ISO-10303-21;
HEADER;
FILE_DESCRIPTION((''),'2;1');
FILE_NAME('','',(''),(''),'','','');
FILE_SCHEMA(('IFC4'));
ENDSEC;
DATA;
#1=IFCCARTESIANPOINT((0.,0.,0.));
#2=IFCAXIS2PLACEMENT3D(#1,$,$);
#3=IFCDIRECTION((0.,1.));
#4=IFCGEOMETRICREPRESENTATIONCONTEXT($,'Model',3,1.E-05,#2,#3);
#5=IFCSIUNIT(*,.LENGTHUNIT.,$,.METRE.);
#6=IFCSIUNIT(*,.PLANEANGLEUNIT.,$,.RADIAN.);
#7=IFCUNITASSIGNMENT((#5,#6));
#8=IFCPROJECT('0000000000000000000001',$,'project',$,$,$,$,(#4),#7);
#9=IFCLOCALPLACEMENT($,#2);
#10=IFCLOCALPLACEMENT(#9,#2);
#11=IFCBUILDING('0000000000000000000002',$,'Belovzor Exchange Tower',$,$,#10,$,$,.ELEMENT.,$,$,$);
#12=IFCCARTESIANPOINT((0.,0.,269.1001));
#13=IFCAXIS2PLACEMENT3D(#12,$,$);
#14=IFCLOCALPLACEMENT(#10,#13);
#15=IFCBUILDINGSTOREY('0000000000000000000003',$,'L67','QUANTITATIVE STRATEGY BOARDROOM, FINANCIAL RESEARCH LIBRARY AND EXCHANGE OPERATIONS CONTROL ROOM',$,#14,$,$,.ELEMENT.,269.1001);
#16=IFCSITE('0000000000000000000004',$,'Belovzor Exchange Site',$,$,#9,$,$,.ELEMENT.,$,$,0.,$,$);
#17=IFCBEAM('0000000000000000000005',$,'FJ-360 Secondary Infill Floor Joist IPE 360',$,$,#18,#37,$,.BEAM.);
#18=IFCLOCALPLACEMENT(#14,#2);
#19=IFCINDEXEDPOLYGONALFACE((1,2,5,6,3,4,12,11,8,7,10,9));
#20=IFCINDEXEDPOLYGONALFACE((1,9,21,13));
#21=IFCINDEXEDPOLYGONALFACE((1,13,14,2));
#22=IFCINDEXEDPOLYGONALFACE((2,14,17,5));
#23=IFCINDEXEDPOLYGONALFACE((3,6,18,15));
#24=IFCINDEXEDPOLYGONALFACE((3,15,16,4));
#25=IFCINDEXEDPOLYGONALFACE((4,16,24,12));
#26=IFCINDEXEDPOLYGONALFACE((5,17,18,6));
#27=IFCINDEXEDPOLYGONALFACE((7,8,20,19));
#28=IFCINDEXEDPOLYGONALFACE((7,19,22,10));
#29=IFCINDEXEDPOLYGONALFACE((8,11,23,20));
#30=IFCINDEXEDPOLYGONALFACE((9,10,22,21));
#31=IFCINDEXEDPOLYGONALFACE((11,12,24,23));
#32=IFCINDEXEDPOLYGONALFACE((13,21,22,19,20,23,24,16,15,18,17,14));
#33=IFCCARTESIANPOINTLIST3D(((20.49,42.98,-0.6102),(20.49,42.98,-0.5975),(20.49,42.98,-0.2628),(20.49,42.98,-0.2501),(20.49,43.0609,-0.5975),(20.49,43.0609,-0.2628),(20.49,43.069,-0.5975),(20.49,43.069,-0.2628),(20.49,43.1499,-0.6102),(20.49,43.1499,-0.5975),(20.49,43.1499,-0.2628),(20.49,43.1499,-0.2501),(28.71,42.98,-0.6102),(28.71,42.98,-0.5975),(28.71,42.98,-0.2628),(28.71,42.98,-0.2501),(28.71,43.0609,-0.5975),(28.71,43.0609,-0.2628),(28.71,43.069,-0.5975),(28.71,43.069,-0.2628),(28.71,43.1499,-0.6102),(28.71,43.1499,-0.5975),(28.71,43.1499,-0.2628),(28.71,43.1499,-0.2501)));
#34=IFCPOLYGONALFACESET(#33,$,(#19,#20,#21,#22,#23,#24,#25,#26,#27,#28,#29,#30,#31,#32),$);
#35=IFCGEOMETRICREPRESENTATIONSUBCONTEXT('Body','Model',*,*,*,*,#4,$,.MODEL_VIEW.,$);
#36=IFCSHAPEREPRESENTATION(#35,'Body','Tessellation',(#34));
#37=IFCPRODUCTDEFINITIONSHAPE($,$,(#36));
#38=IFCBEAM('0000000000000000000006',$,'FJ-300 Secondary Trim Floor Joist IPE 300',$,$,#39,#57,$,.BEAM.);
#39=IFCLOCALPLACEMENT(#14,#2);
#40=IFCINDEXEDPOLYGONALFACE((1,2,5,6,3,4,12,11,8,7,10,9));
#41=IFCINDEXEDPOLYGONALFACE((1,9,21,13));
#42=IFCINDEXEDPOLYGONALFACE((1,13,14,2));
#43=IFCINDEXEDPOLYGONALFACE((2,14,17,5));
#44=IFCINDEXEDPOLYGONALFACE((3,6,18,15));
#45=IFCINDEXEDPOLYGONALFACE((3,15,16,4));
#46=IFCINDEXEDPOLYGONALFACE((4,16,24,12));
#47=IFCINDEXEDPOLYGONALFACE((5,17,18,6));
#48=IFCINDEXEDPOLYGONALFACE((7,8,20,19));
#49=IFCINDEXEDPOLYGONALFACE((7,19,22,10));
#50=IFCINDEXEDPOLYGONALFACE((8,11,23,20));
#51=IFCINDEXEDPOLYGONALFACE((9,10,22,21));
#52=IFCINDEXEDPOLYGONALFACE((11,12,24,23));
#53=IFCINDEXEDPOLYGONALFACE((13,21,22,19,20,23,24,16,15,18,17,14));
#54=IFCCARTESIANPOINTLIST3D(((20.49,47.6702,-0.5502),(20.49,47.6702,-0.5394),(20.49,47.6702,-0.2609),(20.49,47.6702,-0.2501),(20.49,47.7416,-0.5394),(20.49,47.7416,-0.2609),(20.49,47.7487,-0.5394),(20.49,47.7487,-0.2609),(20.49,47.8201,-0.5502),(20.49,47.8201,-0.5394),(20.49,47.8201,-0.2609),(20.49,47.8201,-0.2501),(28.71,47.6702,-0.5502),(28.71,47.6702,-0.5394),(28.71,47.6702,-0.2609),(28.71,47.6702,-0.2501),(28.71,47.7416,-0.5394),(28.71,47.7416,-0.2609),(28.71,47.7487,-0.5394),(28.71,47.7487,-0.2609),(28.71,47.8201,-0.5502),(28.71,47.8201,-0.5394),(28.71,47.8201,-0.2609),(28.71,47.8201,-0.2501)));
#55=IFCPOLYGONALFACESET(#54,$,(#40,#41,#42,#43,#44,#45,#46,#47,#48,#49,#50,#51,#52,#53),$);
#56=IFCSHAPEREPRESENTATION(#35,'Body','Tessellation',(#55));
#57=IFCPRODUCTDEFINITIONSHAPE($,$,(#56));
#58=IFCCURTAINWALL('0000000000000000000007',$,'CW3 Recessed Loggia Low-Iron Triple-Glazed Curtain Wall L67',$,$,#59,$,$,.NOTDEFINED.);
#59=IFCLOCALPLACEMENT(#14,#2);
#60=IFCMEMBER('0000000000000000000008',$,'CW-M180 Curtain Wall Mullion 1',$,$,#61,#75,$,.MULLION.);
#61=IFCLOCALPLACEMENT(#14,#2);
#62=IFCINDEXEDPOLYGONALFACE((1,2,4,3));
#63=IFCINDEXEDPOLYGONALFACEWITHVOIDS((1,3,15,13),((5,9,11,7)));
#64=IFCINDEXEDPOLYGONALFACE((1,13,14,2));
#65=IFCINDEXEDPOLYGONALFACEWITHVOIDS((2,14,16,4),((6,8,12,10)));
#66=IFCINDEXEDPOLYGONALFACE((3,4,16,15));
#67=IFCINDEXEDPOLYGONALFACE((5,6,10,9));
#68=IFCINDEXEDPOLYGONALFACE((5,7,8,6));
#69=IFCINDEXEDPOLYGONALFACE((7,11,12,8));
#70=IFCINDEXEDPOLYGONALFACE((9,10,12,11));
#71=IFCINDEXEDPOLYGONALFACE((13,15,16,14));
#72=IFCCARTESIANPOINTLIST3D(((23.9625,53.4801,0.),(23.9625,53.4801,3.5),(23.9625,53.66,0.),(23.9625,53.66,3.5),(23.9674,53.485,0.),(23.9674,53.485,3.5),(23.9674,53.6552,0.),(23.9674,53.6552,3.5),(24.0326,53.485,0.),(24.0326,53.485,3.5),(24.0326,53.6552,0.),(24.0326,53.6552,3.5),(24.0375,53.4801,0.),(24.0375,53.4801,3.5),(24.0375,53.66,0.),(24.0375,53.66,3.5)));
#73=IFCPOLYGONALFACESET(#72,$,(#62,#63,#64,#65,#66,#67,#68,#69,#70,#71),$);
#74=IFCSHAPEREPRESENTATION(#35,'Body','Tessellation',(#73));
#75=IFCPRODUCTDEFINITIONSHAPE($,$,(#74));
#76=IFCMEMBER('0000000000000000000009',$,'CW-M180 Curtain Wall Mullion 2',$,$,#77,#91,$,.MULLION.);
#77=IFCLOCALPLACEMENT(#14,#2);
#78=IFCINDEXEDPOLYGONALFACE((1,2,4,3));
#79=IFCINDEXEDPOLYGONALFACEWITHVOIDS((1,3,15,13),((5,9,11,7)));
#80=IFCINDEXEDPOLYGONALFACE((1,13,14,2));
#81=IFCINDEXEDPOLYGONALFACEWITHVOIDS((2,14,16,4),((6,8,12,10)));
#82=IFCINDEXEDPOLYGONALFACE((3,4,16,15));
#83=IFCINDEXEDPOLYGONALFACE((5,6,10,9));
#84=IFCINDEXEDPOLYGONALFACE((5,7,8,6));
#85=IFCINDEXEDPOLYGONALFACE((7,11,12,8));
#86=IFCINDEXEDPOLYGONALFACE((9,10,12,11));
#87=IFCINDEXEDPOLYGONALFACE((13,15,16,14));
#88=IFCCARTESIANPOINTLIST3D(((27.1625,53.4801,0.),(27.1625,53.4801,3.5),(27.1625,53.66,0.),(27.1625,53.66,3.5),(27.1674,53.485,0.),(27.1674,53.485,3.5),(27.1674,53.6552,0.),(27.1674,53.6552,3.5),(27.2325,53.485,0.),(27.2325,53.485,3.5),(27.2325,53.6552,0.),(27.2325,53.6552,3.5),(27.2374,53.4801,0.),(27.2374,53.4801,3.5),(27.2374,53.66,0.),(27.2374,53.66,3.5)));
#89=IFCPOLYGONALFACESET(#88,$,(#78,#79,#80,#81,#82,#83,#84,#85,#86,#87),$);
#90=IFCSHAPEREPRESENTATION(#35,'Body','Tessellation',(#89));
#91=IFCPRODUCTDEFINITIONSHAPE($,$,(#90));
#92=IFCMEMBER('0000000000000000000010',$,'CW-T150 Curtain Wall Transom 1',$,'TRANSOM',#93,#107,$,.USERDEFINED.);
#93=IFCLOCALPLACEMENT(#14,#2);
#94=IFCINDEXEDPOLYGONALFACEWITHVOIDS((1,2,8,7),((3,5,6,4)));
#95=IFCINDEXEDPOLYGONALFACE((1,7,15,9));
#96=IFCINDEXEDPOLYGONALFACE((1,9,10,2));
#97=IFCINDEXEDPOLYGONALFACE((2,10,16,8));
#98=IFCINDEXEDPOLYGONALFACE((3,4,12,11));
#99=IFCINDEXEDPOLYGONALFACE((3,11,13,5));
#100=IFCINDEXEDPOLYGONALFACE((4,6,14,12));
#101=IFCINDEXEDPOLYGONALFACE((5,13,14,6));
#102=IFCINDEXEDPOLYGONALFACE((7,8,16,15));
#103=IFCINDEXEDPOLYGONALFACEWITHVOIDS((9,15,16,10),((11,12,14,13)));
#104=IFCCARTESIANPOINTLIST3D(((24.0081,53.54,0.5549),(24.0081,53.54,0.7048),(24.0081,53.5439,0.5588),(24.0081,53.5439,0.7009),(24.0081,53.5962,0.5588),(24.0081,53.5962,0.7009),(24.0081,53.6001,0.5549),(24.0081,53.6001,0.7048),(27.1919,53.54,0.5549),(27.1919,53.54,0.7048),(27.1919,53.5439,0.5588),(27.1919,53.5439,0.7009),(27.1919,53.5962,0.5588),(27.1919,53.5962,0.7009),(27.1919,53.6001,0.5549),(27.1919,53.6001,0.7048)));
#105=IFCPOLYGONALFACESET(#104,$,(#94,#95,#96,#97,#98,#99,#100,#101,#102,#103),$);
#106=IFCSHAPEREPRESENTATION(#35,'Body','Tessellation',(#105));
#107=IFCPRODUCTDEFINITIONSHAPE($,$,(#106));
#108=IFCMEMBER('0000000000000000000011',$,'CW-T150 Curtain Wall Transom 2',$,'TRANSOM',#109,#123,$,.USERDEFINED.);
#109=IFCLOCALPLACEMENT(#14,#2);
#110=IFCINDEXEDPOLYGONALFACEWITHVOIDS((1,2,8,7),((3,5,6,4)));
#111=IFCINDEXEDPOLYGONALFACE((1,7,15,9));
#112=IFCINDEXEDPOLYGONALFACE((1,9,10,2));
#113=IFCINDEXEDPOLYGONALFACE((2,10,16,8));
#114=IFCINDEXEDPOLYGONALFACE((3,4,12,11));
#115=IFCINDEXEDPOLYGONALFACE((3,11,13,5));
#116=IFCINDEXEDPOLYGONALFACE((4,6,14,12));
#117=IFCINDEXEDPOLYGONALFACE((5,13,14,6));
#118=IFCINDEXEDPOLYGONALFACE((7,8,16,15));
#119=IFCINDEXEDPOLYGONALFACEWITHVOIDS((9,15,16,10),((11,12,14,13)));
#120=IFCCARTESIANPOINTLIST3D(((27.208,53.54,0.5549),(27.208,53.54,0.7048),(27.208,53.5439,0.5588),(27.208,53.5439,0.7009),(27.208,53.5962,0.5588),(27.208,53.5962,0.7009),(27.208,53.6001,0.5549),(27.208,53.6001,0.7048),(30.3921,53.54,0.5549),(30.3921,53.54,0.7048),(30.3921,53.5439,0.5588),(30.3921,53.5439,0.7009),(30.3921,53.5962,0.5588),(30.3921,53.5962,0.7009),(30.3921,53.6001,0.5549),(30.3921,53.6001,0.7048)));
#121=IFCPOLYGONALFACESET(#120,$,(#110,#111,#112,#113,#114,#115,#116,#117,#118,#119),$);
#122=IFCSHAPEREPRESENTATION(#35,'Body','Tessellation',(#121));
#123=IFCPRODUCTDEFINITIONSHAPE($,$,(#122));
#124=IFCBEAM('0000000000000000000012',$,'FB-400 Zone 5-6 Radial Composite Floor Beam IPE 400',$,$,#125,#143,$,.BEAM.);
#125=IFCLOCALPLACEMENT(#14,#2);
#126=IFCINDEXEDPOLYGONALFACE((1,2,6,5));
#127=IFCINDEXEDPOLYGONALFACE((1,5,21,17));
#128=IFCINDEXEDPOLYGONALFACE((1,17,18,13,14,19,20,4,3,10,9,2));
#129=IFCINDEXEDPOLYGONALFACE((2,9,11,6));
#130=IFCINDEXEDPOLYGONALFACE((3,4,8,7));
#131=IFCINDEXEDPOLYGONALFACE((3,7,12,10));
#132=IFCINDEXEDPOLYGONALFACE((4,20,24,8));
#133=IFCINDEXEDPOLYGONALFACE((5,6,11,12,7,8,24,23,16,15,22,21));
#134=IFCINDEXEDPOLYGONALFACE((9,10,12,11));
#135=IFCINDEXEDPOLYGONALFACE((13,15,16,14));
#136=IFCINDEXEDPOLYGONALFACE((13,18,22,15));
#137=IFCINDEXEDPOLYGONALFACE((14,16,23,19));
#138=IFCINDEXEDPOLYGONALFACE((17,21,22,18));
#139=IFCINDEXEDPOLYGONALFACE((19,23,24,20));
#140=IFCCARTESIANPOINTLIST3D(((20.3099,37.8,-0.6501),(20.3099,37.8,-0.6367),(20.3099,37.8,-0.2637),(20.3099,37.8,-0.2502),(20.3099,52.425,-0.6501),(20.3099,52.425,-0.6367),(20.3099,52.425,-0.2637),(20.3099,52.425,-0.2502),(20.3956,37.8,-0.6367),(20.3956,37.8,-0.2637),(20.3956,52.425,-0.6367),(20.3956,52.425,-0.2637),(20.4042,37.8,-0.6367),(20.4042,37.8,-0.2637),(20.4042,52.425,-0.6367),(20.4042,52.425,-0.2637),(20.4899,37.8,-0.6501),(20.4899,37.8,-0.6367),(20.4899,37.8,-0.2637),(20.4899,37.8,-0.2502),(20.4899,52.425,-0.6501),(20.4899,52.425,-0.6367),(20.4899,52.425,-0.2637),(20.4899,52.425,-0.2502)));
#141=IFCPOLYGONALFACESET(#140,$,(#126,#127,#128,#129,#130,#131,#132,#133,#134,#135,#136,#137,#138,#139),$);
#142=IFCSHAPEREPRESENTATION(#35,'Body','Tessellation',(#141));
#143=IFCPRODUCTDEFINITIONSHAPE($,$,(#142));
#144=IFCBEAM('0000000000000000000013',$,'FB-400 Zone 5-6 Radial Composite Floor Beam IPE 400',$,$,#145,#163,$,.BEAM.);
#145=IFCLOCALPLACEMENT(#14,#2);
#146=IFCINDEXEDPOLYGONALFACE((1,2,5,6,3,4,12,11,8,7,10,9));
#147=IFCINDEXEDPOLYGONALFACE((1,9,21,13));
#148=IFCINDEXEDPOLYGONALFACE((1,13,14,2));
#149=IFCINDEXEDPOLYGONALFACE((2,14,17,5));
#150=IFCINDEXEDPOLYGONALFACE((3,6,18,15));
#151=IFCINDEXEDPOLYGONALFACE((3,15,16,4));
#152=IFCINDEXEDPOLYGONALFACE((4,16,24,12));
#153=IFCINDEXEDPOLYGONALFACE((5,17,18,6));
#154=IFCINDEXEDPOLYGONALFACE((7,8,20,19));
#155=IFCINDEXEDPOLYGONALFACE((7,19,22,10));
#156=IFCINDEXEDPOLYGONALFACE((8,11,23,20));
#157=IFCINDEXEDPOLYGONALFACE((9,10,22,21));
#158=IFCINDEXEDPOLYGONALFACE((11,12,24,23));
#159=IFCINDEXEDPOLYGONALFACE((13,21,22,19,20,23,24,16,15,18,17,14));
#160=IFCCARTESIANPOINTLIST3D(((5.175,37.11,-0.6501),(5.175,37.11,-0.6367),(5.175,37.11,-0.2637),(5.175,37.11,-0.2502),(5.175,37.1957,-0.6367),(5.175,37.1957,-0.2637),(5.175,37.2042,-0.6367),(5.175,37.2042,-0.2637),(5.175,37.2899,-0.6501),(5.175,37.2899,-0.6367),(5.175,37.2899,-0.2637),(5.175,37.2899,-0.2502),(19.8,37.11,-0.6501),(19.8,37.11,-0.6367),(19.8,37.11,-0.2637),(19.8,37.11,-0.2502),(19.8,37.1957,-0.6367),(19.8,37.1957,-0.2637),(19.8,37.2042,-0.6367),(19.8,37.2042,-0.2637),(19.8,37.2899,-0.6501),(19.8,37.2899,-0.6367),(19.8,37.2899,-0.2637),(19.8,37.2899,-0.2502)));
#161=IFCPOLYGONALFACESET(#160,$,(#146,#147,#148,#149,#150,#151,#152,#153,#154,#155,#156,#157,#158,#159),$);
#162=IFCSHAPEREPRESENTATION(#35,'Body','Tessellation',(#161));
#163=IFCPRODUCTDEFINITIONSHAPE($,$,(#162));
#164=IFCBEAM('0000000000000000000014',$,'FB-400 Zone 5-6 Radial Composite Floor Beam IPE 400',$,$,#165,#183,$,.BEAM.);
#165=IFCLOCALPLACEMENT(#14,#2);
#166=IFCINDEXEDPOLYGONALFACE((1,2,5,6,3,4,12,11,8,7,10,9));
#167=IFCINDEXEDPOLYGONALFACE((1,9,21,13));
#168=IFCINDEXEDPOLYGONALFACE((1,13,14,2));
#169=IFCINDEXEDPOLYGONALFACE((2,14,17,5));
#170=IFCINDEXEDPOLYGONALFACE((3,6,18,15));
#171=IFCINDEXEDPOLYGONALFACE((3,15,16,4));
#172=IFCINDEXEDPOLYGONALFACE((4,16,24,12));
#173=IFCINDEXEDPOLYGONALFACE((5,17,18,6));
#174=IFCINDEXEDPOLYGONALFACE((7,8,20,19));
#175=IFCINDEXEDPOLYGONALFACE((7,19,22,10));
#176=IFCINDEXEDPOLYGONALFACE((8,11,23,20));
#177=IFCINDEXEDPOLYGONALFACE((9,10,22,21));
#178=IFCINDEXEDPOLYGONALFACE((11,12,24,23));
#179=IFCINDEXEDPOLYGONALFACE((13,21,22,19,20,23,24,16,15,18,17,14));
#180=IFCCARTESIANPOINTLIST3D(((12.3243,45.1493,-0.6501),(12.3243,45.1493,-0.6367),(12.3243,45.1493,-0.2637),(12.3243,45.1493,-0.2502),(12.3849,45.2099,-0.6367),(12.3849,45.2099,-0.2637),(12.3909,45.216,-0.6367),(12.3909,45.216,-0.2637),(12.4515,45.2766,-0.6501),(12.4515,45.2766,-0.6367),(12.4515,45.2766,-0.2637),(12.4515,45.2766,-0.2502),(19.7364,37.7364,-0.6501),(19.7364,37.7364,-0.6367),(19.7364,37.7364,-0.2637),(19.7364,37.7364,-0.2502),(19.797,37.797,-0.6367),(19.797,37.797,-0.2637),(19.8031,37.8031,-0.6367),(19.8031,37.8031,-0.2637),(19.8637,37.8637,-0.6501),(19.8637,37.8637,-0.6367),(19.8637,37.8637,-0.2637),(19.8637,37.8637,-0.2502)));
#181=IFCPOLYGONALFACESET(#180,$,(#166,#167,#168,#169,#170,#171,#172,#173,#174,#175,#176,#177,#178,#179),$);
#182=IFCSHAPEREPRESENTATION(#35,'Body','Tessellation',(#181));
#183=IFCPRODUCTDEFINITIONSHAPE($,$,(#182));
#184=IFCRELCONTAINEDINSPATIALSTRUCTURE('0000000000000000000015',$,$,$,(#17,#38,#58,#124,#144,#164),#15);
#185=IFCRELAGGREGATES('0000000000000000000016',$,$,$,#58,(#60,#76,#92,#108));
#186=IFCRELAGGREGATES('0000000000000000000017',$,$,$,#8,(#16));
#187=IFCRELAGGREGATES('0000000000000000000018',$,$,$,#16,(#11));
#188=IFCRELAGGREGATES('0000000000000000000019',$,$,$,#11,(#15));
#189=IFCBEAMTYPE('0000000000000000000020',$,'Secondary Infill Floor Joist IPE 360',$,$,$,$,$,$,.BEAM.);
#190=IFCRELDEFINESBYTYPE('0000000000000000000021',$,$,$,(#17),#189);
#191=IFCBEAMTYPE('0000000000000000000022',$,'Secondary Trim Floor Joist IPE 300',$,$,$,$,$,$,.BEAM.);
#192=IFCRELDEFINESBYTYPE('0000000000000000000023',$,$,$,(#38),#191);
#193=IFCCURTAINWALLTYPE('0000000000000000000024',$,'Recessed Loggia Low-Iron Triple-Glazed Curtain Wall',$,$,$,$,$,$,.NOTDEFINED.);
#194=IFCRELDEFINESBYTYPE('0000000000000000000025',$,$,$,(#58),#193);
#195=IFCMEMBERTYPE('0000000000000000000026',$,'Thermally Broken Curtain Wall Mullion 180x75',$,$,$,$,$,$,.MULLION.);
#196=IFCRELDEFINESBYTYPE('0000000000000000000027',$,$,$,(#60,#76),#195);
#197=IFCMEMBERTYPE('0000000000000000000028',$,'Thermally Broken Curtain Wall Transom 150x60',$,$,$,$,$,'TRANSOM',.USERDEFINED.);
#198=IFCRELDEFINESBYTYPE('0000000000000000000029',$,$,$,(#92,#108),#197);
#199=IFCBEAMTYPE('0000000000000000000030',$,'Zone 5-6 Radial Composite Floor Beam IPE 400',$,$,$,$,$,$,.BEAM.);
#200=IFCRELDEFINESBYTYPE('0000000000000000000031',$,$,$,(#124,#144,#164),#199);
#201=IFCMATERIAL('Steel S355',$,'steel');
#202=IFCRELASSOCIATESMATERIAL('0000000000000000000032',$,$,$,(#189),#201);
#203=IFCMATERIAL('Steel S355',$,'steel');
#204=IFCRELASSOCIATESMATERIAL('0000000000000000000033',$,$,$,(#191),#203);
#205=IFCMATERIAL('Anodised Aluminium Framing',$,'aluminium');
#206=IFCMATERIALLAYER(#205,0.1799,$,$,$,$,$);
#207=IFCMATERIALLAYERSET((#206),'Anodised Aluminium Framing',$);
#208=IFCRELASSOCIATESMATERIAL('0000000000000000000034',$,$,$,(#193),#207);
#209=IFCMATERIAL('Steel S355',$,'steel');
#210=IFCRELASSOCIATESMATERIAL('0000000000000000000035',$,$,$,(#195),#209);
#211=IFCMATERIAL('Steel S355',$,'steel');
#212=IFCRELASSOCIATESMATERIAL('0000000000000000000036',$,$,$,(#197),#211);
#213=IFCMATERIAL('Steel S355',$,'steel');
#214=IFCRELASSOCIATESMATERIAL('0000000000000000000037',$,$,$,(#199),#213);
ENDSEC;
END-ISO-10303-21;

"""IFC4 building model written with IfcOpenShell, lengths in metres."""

from ifc_helpers import new_model, si_unit, direction, frame, origin, origin_2d, place, context, subcontext, project, spatial, hollow_rectangle, i_section, extrude, material, layer, layer_set, material_profile, profile_set, type_object, element, aggregate, save


model = new_model("IFC4")

# Units and contexts
model_context = context("Model", 3, precision=1e-05, world=origin(), true_north=direction((0.0, 1.0)))
body_context = subcontext(model_context, "Body", "Model", "MODEL_VIEW")
ifc_project = project(units=[si_unit("LENGTHUNIT", "METRE"), si_unit("PLANEANGLEUNIT", "RADIAN")], contexts=[model_context])

# Site, building, storey
site_placement = place(None, origin())
site = spatial("IfcSite", under=ifc_project, at=site_placement, Name="Belovzor Exchange Site", CompositionType="ELEMENT", RefElevation=0.0)
building_placement = place(site_placement, origin())
building = spatial("IfcBuilding", under=site, at=building_placement, Name="Belovzor Exchange Tower", CompositionType="ELEMENT")
storey_placement = place(building_placement, frame((0.0, 0.0, 269.1001)))
storey = spatial("IfcBuildingStorey", under=building, at=storey_placement, Name="L67", Description="QUANTITATIVE STRATEGY BOARDROOM, FINANCIAL RESEARCH LIBRARY AND EXCHANGE OPERATIONS CONTROL ROOM", CompositionType="ELEMENT", Elevation=269.1001)

# Beams
ifc_material_1 = material(Name="Steel S355", Category="steel")
ifc_material_profile_1 = material_profile(ifc_material_1, i_section(OverallWidth=0.1699, OverallDepth=0.3601, WebThickness=0.0081, FlangeThickness=0.0127, at=origin_2d()))
ifc_profile_set_1 = profile_set([ifc_material_profile_1], Name="Steel S355")
beam_type_1 = type_object("IfcBeamType", Name="Secondary Infill Floor Joist IPE 360", PredefinedType="BEAM", material=ifc_profile_set_1)
beam_1_placement = place(storey_placement, frame((20.49, 43.0649, -0.4302), z_axis=(1.0, 0.0, 0.0), x_axis=(0.0, 1.0, 0.0)))
element("IfcBeam", 1, at=beam_1_placement, inside=storey, type_object=beam_type_1, Name="FJ-360 Secondary Infill Floor Joist IPE 360", PredefinedType="BEAM", context=body_context, shape_type="SweptSolid", body=[
    extrude(i_section(OverallWidth=0.1699, OverallDepth=0.3601, WebThickness=0.0081, FlangeThickness=0.0127, at=origin_2d()), origin(), (0.0, 0.0, 1.0), 8.22),
])
ifc_material_2 = material(Name="Steel S355", Category="steel")
ifc_material_profile_2 = material_profile(ifc_material_2, i_section(OverallWidth=0.1499, OverallDepth=0.3, WebThickness=0.0071, FlangeThickness=0.0107, at=origin_2d()))
ifc_profile_set_2 = profile_set([ifc_material_profile_2], Name="Steel S355")
beam_type_2 = type_object("IfcBeamType", Name="Secondary Trim Floor Joist IPE 300", PredefinedType="BEAM", material=ifc_profile_set_2)
beam_2_placement = place(storey_placement, frame((20.49, 47.7451, -0.4001), z_axis=(1.0, 0.0, 0.0), x_axis=(0.0, 1.0, 0.0)))
element("IfcBeam", 2, at=beam_2_placement, inside=storey, type_object=beam_type_2, Name="FJ-300 Secondary Trim Floor Joist IPE 300", PredefinedType="BEAM", context=body_context, shape_type="SweptSolid", body=[
    extrude(i_section(OverallWidth=0.1499, OverallDepth=0.3, WebThickness=0.0071, FlangeThickness=0.0107, at=origin_2d()), origin(), (0.0, 0.0, 1.0), 8.22),
])

# Curtain wall, members
ifc_material_3 = material(Name="Anodised Aluminium Framing", Category="aluminium")
ifc_layer_1 = layer(ifc_material_3, 0.1799)
ifc_layer_set_1 = layer_set([ifc_layer_1], Name="Anodised Aluminium Framing")
curtain_wall_type = type_object("IfcCurtainWallType", Name="Recessed Loggia Low-Iron Triple-Glazed Curtain Wall", PredefinedType="NOTDEFINED", material=ifc_layer_set_1)
curtain_wall_placement = place(storey_placement, origin())
curtain_wall = element("IfcCurtainWall", 3, at=curtain_wall_placement, inside=storey, type_object=curtain_wall_type, Name="CW3 Recessed Loggia Low-Iron Triple-Glazed Curtain Wall L67", PredefinedType="NOTDEFINED")
ifc_material_4 = material(Name="Steel S355", Category="steel")
ifc_material_profile_3 = material_profile(ifc_material_4, hollow_rectangle(XDim=0.075, YDim=0.1799, WallThickness=0.0049, at=origin_2d()))
ifc_profile_set_3 = profile_set([ifc_material_profile_3], Name="Steel S355")
member_type_1 = type_object("IfcMemberType", Name="Thermally Broken Curtain Wall Mullion 180x75", PredefinedType="MULLION", material=ifc_profile_set_3)
member_1_placement = place(storey_placement, frame((24.0, 53.5701, 0.0), z_axis=(0.0, 0.0, 1.0), x_axis=(1.0, 0.0, 0.0)))
member_1 = element("IfcMember", 4, at=member_1_placement, type_object=member_type_1, Name="CW-M180 Curtain Wall Mullion 1", PredefinedType="MULLION", context=body_context, shape_type="SweptSolid", body=[
    extrude(hollow_rectangle(XDim=0.075, YDim=0.1799, WallThickness=0.0049, at=origin_2d()), origin(), (0.0, 0.0, 1.0), 3.5),
])
member_2_placement = place(storey_placement, frame((27.2, 53.5701, 0.0), z_axis=(0.0, 0.0, 1.0), x_axis=(1.0, 0.0, 0.0)))
member_2 = element("IfcMember", 5, at=member_2_placement, type_object=member_type_1, Name="CW-M180 Curtain Wall Mullion 2", PredefinedType="MULLION", context=body_context, shape_type="SweptSolid", body=[
    extrude(hollow_rectangle(XDim=0.075, YDim=0.1799, WallThickness=0.0049, at=origin_2d()), origin(), (0.0, 0.0, 1.0), 3.5),
])
ifc_material_5 = material(Name="Steel S355", Category="steel")
ifc_material_profile_4 = material_profile(ifc_material_5, hollow_rectangle(XDim=0.0601, YDim=0.1499, WallThickness=0.0039, at=origin_2d()))
ifc_profile_set_4 = profile_set([ifc_material_profile_4], Name="Steel S355")
member_type_2 = type_object("IfcMemberType", Name="Thermally Broken Curtain Wall Transom 150x60", ElementType="TRANSOM", PredefinedType="USERDEFINED", material=ifc_profile_set_4)
member_3_placement = place(storey_placement, frame((24.0081, 53.5701, 0.6299), z_axis=(1.0, 0.0, 0.0), x_axis=(0.0, 1.0, 0.0)))
member_3 = element("IfcMember", 6, at=member_3_placement, type_object=member_type_2, Name="CW-T150 Curtain Wall Transom 1", ObjectType="TRANSOM", PredefinedType="USERDEFINED", context=body_context, shape_type="SweptSolid", body=[
    extrude(hollow_rectangle(XDim=0.0601, YDim=0.1499, WallThickness=0.0039, at=origin_2d()), origin(), (0.0, 0.0, 1.0), 3.1838),
])
member_4_placement = place(storey_placement, frame((27.208, 53.5701, 0.6299), z_axis=(1.0, 0.0, 0.0), x_axis=(0.0, 1.0, 0.0)))
member_4 = element("IfcMember", 7, at=member_4_placement, type_object=member_type_2, Name="CW-T150 Curtain Wall Transom 2", ObjectType="TRANSOM", PredefinedType="USERDEFINED", context=body_context, shape_type="SweptSolid", body=[
    extrude(hollow_rectangle(XDim=0.0601, YDim=0.1499, WallThickness=0.0039, at=origin_2d()), origin(), (0.0, 0.0, 1.0), 3.1841),
])

# Beams
ifc_material_6 = material(Name="Steel S355", Category="steel")
ifc_material_profile_5 = material_profile(ifc_material_6, i_section(OverallWidth=0.1799, OverallDepth=0.3999, WebThickness=0.0085, FlangeThickness=0.0134, at=origin_2d()))
ifc_profile_set_5 = profile_set([ifc_material_profile_5], Name="Steel S355")
beam_type_3 = type_object("IfcBeamType", Name="Zone 5-6 Radial Composite Floor Beam IPE 400", PredefinedType="BEAM", material=ifc_profile_set_5)
for number, where, z_axis, x_axis, name in (
    (8, (20.3999, 37.8, -0.4502), (0.0, 1.0, 0.0), (-1.0, 0.0, 0.0), "FB-400 Zone 5-6 Radial Composite Floor Beam IPE 400"),
    (9, (19.8, 37.2, -0.4502), (-1.0, 0.0, 0.0), (0.0, -1.0, 0.0), "FB-400 Zone 5-6 Radial Composite Floor Beam IPE 400"),
):
    element("IfcBeam", number, at=place(storey_placement, frame(where, z_axis=z_axis, x_axis=x_axis)), inside=storey, type_object=beam_type_3, Name=name, PredefinedType="BEAM", context=body_context, shape_type="SweptSolid", body=[
        extrude(i_section(OverallWidth=0.1799, OverallDepth=0.3999, WebThickness=0.0085, FlangeThickness=0.0134, at=origin_2d()), origin(), (0.0, 0.0, 1.0), 14.625),
    ])
beam_3_placement = place(storey_placement, frame((19.8, 37.8, -0.4502), z_axis=(-0.707072, 0.707142, 0.0), x_axis=(-0.707142, -0.707072, 0.0)))
element("IfcBeam", 10, at=beam_3_placement, inside=storey, type_object=beam_type_3, Name="FB-400 Zone 5-6 Radial Composite Floor Beam IPE 400", PredefinedType="BEAM", context=body_context, shape_type="SweptSolid", body=[
    extrude(i_section(OverallWidth=0.1799, OverallDepth=0.3999, WebThickness=0.0085, FlangeThickness=0.0134, at=origin_2d()), origin(), (0.0, 0.0, 1.0), 10.4829),
])

aggregate(curtain_wall, [member_1, member_2, member_3, member_4])

save(model, "model.ifc")
